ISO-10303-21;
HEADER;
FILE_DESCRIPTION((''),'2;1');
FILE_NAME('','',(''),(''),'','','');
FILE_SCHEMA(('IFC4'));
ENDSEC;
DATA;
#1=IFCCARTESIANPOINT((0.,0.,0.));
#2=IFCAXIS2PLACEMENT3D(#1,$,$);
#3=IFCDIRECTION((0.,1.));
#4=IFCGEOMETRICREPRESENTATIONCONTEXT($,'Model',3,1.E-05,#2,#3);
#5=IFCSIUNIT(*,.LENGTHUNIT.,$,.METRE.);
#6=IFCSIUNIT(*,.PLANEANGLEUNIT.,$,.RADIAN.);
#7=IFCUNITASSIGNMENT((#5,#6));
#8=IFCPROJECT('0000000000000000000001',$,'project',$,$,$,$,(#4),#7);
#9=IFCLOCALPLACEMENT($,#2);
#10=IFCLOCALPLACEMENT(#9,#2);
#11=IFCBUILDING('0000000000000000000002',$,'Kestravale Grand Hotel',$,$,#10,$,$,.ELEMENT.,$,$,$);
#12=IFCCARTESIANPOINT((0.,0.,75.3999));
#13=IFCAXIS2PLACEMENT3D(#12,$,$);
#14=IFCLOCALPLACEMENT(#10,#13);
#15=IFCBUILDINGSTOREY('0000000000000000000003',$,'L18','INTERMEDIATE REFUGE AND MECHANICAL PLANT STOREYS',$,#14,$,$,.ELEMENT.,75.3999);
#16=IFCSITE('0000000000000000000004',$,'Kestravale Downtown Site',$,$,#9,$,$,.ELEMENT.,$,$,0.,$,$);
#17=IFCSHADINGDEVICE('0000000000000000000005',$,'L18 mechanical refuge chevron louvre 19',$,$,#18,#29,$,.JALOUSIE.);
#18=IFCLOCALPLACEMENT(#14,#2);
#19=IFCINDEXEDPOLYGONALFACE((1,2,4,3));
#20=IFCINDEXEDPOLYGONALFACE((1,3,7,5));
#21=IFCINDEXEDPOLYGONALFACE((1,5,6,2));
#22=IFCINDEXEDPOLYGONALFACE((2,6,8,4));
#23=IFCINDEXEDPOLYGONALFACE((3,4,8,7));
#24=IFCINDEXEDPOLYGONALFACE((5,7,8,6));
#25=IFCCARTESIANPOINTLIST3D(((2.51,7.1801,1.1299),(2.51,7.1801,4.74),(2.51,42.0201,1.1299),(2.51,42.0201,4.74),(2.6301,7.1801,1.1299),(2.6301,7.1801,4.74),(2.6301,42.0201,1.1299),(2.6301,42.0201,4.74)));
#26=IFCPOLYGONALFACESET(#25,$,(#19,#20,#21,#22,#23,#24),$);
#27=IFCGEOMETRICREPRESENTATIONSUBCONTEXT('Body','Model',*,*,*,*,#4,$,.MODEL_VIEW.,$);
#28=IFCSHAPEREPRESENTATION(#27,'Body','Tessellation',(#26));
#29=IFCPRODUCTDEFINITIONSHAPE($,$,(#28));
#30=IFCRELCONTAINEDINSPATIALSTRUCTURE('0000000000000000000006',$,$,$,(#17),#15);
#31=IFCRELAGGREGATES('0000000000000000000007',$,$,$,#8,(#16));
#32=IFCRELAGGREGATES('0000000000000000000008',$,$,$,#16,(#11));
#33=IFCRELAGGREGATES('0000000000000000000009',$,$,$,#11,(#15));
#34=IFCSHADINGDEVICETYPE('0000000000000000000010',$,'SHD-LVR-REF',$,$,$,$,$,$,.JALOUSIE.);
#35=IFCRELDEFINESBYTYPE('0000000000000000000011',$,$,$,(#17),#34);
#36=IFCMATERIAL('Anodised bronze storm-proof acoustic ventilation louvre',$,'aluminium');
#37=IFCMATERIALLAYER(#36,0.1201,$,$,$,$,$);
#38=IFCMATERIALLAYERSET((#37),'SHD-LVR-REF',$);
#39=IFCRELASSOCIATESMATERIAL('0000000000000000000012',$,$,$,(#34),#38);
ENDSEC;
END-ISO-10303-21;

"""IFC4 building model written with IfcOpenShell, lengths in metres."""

from ifc_helpers import new_model, si_unit, direction, frame, origin, origin_2d, place, context, subcontext, project, spatial, rectangle, extrude, material, layer, layer_set, type_object, element, save


model = new_model("IFC4")

# Units and contexts
model_context = context("Model", 3, precision=1e-05, world=origin(), true_north=direction((0.0, 1.0)))
body_context = subcontext(model_context, "Body", "Model", "MODEL_VIEW")
ifc_project = project(units=[si_unit("LENGTHUNIT", "METRE"), si_unit("PLANEANGLEUNIT", "RADIAN")], contexts=[model_context])

# Site, building, storey
site_placement = place(None, origin())
site = spatial("IfcSite", under=ifc_project, at=site_placement, Name="Kestravale Downtown Site", CompositionType="ELEMENT", RefElevation=0.0)
building_placement = place(site_placement, origin())
building = spatial("IfcBuilding", under=site, at=building_placement, Name="Kestravale Grand Hotel", CompositionType="ELEMENT")
storey_placement = place(building_placement, frame((0.0, 0.0, 75.3999)))
storey = spatial("IfcBuildingStorey", under=building, at=storey_placement, Name="L18", Description="INTERMEDIATE REFUGE AND MECHANICAL PLANT STOREYS", CompositionType="ELEMENT", Elevation=75.3999)

# Shading device
ifc_material_1 = material(Name="Anodised bronze storm-proof acoustic ventilation louvre", Category="aluminium")
ifc_layer_1 = layer(ifc_material_1, 0.1201)
ifc_layer_set_1 = layer_set([ifc_layer_1], Name="SHD-LVR-REF")
shading_device_type = type_object("IfcShadingDeviceType", Name="SHD-LVR-REF", PredefinedType="JALOUSIE", material=ifc_layer_set_1)
shading_device_placement = place(storey_placement, frame((2.5701, 24.6001, 1.1299), z_axis=(0.0, 0.0, 1.0), x_axis=(0.0, -1.0, 0.0)))
element("IfcShadingDevice", 1, at=shading_device_placement, inside=storey, type_object=shading_device_type, Name="L18 mechanical refuge chevron louvre 19", PredefinedType="JALOUSIE", context=body_context, shape_type="SweptSolid", body=[
    extrude(rectangle(XDim=34.8401, YDim=0.1201, at=origin_2d()), origin(), (0.0, 0.0, 1.0), 3.6101),
])

save(model, "model.ifc")
